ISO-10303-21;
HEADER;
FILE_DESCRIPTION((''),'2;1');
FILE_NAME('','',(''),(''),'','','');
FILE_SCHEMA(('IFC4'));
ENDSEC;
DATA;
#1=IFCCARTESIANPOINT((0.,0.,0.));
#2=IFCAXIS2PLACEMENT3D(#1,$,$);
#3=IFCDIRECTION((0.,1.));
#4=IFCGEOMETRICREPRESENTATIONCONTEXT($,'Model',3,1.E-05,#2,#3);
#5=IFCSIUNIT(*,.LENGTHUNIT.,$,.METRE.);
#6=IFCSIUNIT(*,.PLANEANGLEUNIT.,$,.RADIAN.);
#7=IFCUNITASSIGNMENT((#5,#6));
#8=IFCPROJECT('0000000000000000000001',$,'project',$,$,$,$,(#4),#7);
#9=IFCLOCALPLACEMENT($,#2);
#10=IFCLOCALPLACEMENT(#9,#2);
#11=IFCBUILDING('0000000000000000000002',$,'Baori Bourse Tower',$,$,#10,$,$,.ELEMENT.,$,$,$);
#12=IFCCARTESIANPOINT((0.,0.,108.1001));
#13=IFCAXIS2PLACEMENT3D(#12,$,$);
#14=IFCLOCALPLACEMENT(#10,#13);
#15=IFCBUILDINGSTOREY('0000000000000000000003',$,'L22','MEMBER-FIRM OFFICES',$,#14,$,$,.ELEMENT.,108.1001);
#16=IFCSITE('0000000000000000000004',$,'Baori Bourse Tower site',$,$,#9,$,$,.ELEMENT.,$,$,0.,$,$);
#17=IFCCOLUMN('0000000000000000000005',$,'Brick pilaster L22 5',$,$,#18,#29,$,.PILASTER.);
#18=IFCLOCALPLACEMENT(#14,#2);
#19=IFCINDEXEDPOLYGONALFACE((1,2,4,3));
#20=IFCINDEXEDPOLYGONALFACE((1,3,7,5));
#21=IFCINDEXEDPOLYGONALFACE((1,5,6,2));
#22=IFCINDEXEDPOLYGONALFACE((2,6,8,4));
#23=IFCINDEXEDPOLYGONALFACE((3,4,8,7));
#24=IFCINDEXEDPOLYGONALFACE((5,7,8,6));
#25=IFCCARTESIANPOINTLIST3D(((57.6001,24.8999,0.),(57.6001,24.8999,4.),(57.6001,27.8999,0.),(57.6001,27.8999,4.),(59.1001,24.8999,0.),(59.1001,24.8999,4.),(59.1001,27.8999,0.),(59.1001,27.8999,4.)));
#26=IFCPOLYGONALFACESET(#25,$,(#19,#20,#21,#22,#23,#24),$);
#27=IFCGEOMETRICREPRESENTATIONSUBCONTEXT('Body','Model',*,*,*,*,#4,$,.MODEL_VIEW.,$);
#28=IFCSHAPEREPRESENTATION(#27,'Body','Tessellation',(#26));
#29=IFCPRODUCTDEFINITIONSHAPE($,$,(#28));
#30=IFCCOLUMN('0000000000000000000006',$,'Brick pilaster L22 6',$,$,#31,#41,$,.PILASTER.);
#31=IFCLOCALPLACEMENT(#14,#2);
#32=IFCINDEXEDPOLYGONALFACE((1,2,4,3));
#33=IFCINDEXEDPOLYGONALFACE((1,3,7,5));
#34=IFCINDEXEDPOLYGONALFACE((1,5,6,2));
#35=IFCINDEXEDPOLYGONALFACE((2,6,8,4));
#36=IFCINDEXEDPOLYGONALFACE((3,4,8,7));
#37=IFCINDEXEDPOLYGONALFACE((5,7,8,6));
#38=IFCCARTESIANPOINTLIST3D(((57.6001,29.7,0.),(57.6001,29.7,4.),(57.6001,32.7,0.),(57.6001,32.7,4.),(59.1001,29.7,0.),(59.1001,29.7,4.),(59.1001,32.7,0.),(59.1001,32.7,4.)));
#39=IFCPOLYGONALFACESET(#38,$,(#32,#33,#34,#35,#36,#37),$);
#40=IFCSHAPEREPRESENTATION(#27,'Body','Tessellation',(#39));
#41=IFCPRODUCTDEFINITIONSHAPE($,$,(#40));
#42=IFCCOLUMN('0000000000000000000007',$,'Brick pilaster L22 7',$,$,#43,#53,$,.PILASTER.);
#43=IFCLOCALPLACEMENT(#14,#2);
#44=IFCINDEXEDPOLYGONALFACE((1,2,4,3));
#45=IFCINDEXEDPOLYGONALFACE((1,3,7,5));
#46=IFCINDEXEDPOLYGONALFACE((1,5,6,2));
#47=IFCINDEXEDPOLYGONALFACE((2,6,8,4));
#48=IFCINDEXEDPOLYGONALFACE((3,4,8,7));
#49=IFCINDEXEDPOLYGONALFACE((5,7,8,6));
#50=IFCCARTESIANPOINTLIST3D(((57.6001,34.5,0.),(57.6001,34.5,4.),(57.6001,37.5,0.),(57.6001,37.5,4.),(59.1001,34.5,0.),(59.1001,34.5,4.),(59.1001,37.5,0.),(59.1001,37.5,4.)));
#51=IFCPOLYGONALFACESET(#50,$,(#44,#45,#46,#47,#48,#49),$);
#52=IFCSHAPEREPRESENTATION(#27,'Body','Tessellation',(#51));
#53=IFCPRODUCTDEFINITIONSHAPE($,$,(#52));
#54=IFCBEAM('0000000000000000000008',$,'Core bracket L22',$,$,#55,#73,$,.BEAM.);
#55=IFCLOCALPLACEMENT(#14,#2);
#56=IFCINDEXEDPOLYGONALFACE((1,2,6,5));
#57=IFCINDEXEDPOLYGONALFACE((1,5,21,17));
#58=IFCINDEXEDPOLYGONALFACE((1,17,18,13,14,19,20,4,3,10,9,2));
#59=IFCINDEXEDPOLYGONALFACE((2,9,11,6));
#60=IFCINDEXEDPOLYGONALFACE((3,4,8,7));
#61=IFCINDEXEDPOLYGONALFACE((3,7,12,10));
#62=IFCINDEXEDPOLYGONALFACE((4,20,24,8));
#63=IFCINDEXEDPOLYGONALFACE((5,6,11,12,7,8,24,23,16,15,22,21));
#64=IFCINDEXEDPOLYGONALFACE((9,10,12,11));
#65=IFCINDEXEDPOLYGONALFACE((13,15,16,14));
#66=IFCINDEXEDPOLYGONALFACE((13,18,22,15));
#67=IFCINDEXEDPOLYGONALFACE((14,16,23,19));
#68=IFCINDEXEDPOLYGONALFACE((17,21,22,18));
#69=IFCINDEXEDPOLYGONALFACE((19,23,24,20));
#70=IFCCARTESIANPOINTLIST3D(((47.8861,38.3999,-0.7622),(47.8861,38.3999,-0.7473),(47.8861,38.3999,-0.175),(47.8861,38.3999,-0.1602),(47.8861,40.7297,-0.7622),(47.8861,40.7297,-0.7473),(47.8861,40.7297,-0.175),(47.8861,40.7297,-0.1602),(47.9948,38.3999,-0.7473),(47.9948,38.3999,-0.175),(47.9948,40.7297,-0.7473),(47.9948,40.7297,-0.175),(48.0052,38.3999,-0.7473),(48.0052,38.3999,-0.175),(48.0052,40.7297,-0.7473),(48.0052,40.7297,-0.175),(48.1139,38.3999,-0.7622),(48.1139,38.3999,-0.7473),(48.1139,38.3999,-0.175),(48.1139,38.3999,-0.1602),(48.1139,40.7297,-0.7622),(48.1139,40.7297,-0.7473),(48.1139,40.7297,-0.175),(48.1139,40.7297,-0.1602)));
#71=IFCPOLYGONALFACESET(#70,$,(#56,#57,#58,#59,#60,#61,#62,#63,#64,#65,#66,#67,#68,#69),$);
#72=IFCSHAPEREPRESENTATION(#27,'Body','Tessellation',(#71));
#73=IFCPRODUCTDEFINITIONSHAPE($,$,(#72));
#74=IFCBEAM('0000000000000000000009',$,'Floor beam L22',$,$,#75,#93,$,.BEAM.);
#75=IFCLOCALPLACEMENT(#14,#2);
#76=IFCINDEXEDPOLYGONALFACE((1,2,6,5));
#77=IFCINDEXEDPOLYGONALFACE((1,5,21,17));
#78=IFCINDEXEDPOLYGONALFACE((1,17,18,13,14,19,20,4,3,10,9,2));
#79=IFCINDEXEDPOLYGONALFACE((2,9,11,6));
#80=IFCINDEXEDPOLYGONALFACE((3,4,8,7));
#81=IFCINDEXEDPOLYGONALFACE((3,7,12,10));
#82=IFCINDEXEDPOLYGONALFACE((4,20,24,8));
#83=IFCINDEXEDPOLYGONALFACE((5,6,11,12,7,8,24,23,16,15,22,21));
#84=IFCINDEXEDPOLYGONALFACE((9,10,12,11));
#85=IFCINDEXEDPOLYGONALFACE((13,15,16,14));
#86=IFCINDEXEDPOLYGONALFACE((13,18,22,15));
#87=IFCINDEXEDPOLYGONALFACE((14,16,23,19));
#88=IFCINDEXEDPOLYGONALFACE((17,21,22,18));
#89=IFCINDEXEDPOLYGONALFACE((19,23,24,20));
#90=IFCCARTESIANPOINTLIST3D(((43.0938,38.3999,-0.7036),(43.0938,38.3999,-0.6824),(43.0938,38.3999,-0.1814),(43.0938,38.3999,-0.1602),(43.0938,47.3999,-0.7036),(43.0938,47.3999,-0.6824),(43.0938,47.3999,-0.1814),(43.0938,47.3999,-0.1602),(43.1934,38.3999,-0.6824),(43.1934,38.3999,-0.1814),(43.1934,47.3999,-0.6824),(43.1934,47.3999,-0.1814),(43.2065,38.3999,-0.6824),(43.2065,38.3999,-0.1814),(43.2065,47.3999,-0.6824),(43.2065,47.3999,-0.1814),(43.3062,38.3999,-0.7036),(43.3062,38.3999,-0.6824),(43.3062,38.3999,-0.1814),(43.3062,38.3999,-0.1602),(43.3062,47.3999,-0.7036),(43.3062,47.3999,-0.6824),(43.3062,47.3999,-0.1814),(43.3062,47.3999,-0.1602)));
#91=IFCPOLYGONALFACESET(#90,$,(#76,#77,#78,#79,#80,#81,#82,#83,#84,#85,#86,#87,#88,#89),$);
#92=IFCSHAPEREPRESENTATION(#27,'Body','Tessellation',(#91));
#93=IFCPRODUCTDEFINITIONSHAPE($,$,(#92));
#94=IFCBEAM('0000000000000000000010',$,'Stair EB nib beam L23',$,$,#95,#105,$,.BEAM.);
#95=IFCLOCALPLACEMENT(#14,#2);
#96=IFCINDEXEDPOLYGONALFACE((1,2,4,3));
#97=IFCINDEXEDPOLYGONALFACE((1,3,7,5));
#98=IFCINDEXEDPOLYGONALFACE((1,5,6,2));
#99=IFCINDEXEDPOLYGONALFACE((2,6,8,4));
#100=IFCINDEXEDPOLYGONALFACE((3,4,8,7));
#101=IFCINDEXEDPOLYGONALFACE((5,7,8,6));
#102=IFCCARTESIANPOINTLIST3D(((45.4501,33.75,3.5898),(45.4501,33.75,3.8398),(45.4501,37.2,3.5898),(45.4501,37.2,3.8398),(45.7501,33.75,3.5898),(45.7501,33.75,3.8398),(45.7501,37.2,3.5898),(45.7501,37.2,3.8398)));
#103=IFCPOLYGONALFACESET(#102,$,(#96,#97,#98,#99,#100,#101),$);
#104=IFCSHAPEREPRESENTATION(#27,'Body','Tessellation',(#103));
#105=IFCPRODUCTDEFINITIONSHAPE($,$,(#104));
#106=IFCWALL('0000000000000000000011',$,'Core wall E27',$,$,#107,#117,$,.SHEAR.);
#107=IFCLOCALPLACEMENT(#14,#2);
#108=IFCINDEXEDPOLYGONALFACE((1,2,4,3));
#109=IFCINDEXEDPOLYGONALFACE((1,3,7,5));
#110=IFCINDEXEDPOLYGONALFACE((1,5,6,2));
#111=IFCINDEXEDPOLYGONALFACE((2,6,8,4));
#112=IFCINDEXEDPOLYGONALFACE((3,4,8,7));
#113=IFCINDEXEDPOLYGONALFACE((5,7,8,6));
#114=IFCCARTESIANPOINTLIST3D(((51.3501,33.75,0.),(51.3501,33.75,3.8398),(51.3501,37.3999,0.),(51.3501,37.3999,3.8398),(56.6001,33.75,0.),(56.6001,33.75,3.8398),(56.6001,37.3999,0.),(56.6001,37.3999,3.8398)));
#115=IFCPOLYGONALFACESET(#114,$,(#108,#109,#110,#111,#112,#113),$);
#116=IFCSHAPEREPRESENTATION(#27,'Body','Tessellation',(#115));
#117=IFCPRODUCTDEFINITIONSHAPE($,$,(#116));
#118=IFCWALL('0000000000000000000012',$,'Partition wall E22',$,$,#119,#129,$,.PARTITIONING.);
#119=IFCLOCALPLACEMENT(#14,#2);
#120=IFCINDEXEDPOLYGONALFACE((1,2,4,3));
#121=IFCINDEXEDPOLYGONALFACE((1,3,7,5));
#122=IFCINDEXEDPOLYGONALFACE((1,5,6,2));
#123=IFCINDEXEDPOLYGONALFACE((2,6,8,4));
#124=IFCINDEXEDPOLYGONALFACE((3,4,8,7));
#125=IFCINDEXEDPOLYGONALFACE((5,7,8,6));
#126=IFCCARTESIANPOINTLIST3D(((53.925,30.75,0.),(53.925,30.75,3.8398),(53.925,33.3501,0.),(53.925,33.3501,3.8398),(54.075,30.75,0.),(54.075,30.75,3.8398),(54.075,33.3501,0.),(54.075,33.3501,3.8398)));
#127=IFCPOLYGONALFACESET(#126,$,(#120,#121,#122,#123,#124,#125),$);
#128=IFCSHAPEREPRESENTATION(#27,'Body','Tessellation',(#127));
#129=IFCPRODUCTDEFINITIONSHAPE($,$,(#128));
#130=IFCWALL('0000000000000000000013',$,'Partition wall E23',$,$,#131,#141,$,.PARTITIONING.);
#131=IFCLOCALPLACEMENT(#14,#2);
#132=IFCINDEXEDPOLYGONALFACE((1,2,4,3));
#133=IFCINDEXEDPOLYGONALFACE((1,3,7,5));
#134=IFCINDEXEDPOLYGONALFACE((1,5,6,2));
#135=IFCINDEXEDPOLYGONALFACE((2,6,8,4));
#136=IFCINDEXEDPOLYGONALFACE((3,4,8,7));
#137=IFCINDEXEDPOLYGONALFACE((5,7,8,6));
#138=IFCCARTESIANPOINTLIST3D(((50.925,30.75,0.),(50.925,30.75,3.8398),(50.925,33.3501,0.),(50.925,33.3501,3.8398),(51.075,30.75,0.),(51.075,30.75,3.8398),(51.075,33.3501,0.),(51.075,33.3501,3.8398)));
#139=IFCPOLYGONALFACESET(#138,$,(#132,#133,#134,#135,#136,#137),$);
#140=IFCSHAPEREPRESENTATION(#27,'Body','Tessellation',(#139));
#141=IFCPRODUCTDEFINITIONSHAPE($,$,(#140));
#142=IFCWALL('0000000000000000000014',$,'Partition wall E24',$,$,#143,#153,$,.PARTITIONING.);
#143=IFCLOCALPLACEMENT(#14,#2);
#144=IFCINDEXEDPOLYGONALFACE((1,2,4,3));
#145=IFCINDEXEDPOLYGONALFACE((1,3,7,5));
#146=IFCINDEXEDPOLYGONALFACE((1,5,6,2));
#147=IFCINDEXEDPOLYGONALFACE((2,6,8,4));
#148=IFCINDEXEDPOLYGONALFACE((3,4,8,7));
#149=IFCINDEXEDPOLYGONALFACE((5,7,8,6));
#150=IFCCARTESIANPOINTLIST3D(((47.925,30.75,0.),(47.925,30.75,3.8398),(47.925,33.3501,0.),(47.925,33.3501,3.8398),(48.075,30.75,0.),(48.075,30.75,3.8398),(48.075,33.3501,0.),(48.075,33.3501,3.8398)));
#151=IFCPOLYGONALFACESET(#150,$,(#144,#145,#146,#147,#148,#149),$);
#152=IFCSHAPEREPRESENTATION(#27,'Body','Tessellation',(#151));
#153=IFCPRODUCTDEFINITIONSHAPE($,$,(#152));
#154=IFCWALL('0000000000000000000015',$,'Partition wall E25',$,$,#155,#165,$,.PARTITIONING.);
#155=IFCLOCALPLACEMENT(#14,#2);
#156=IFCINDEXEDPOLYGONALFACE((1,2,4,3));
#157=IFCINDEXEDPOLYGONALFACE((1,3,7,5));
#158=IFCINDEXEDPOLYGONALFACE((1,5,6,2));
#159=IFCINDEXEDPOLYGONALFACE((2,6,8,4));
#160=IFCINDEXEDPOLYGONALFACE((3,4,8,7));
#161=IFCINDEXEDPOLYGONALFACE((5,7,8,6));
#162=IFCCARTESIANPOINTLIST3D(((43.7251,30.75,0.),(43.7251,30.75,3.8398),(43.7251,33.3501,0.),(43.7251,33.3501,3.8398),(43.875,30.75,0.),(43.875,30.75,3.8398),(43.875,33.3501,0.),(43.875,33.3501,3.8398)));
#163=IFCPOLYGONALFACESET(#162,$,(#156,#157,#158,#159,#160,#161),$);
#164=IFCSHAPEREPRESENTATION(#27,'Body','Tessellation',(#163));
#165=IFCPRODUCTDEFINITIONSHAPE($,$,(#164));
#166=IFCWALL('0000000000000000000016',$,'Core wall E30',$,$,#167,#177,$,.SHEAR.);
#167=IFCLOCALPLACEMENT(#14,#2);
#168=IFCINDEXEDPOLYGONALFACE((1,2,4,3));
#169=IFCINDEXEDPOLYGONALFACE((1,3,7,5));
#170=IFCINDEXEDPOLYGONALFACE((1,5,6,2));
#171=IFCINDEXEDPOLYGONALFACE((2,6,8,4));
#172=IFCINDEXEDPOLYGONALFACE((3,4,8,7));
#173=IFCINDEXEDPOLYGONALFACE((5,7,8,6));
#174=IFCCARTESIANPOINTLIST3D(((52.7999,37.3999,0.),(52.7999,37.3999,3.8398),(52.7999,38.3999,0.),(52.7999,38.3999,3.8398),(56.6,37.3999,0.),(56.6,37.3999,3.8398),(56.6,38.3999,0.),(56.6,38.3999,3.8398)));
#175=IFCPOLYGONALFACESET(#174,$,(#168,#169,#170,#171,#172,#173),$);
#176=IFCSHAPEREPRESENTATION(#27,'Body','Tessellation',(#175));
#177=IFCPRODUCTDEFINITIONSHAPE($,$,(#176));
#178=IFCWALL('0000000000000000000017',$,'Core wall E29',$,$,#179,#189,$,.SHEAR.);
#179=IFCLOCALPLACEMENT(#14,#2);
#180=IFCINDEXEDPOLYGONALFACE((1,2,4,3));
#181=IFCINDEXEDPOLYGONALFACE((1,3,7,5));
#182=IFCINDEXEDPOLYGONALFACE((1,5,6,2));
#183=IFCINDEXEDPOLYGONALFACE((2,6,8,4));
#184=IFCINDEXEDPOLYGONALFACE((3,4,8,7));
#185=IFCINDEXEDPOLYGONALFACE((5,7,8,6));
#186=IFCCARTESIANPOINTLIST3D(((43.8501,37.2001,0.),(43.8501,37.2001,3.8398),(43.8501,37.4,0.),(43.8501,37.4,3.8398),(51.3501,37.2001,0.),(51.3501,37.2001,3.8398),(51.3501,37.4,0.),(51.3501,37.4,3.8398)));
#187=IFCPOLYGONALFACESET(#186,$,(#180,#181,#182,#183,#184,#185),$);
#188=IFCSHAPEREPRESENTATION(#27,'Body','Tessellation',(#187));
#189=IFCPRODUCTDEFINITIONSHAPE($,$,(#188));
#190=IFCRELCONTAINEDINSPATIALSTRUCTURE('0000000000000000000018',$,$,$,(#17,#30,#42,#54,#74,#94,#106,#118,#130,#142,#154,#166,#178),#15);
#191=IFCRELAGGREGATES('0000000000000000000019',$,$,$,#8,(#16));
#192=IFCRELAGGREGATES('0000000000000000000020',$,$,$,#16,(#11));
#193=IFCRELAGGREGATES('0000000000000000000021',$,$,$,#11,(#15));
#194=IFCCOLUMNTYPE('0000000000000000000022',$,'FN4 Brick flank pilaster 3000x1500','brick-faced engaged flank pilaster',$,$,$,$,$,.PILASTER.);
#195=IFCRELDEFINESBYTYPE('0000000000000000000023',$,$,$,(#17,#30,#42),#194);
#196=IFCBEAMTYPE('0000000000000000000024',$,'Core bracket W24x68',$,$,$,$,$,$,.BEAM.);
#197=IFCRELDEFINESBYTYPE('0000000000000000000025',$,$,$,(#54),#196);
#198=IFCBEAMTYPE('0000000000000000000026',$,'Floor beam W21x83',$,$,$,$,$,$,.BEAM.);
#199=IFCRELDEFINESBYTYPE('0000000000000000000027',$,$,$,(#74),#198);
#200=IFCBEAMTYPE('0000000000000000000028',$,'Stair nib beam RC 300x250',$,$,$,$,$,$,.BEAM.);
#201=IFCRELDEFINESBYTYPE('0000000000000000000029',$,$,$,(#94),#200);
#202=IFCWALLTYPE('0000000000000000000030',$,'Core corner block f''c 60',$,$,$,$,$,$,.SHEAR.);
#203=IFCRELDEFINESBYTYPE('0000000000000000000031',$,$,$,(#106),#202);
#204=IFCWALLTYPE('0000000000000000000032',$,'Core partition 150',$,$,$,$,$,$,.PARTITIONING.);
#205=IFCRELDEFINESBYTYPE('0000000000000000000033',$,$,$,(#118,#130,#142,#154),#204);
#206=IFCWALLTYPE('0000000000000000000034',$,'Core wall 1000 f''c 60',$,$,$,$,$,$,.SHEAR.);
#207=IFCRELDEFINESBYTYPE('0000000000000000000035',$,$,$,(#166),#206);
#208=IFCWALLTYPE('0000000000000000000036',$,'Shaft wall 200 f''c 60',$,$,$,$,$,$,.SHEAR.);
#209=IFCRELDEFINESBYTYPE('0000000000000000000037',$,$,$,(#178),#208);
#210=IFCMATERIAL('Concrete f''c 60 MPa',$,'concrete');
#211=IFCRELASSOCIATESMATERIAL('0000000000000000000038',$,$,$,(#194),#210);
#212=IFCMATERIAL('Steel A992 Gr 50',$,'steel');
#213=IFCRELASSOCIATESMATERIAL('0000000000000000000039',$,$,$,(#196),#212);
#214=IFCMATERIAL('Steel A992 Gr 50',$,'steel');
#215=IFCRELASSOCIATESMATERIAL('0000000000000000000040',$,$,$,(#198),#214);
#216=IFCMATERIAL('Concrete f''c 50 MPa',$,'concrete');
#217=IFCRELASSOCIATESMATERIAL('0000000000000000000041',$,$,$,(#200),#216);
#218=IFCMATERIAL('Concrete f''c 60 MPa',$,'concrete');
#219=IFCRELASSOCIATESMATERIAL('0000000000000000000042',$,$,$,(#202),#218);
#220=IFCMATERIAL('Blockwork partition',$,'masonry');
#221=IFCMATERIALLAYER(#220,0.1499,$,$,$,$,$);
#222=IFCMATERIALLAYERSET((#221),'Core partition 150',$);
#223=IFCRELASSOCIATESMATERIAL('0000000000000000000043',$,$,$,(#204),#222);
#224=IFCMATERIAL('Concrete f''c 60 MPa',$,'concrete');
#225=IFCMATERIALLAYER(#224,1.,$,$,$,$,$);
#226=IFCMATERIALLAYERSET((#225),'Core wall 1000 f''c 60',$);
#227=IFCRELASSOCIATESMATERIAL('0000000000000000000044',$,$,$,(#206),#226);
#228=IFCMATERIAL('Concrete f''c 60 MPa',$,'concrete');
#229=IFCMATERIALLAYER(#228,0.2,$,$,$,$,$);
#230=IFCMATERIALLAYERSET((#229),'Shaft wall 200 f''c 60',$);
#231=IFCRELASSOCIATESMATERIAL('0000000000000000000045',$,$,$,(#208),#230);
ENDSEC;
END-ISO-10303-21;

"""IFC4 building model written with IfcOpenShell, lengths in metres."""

from ifc_helpers import new_model, si_unit, direction, frame, frame_2d, origin, origin_2d, place, context, subcontext, project, spatial, rectangle, i_section, extrude, material, layer, layer_set, material_profile, profile_set, type_object, element, save


model = new_model("IFC4")

# Units and contexts
model_context = context("Model", 3, precision=1e-05, world=origin(), true_north=direction((0.0, 1.0)))
body_context = subcontext(model_context, "Body", "Model", "MODEL_VIEW")
ifc_project = project(units=[si_unit("LENGTHUNIT", "METRE"), si_unit("PLANEANGLEUNIT", "RADIAN")], contexts=[model_context])

# Site, building, storey
site_placement = place(None, origin())
site = spatial("IfcSite", under=ifc_project, at=site_placement, Name="Baori Bourse Tower site", CompositionType="ELEMENT", RefElevation=0.0)
building_placement = place(site_placement, origin())
building = spatial("IfcBuilding", under=site, at=building_placement, Name="Baori Bourse Tower", CompositionType="ELEMENT")
storey_placement = place(building_placement, frame((0.0, 0.0, 108.1001)))
storey = spatial("IfcBuildingStorey", under=building, at=storey_placement, Name="L22", Description="MEMBER-FIRM OFFICES", CompositionType="ELEMENT", Elevation=108.1001)

# Columns
ifc_material_1 = material(Name="Concrete f'c 60 MPa", Category="concrete")
ifc_material_profile_1 = material_profile(ifc_material_1, rectangle(XDim=3.0, YDim=1.5, at=origin_2d()), Name="RC 3000x1500")
ifc_profile_set_1 = profile_set([ifc_material_profile_1], Name="Concrete f'c 60 MPa")
column_type = type_object("IfcColumnType", Name="FN4 Brick flank pilaster 3000x1500", Description="brick-faced engaged flank pilaster", PredefinedType="PILASTER", material=ifc_profile_set_1)
for number, where, z_axis, x_axis, name in (
    (1, (58.3501, 26.3999, 0.0), (0.0, 0.0, 1.0), (0.0, 1.0, 0.0), "Brick pilaster L22 5"),
    (2, (58.3501, 31.2, 0.0), (0.0, 0.0, 1.0), (0.0, 1.0, 0.0), "Brick pilaster L22 6"),
    (3, (58.3501, 36.0, 0.0), (0.0, 0.0, 1.0), (0.0, 1.0, 0.0), "Brick pilaster L22 7"),
):
    element("IfcColumn", number, at=place(storey_placement, frame(where, z_axis=z_axis, x_axis=x_axis)), inside=storey, type_object=column_type, Name=name, PredefinedType="PILASTER", context=body_context, shape_type="SweptSolid", body=[
        extrude(rectangle(XDim=3.0, YDim=1.5, at=origin_2d()), origin(), (0.0, 0.0, 1.0), 4.0),
    ])

# Beams
ifc_material_2 = material(Name="Steel A992 Gr 50", Category="steel")
ifc_material_profile_2 = material_profile(ifc_material_2, i_section(OverallWidth=0.2278, OverallDepth=0.6021, WebThickness=0.0105, FlangeThickness=0.0149, at=origin_2d()), Name="W24x68")
ifc_profile_set_2 = profile_set([ifc_material_profile_2], Name="Steel A992 Gr 50")
beam_type_1 = type_object("IfcBeamType", Name="Core bracket W24x68", PredefinedType="BEAM", material=ifc_profile_set_2)
beam_1_placement = place(storey_placement, frame((48.0, 38.3999, -0.4612), z_axis=(0.0, 1.0, 0.0), x_axis=(-1.0, 0.0, 0.0)))
element("IfcBeam", 4, at=beam_1_placement, inside=storey, type_object=beam_type_1, Name="Core bracket L22", PredefinedType="BEAM", context=body_context, shape_type="SweptSolid", body=[
    extrude(i_section(OverallWidth=0.2278, OverallDepth=0.6021, WebThickness=0.0105, FlangeThickness=0.0149, at=origin_2d()), origin(), (0.0, 0.0, 1.0), 2.3298),
])
ifc_material_3 = material(Name="Steel A992 Gr 50", Category="steel")
ifc_material_profile_3 = material_profile(ifc_material_3, i_section(OverallWidth=0.2124, OverallDepth=0.5435, WebThickness=0.0132, FlangeThickness=0.0212, at=origin_2d()), Name="W21x83")
ifc_profile_set_3 = profile_set([ifc_material_profile_3], Name="Steel A992 Gr 50")
beam_type_2 = type_object("IfcBeamType", Name="Floor beam W21x83", PredefinedType="BEAM", material=ifc_profile_set_3)
beam_2_placement = place(storey_placement, frame((43.2, 38.3999, -0.4319), z_axis=(0.0, 1.0, 0.0), x_axis=(-1.0, 0.0, 0.0)))
element("IfcBeam", 5, at=beam_2_placement, inside=storey, type_object=beam_type_2, Name="Floor beam L22", PredefinedType="BEAM", context=body_context, shape_type="SweptSolid", body=[
    extrude(i_section(OverallWidth=0.2124, OverallDepth=0.5435, WebThickness=0.0132, FlangeThickness=0.0212, at=origin_2d()), origin(), (0.0, 0.0, 1.0), 9.0),
])
ifc_material_4 = material(Name="Concrete f'c 50 MPa", Category="concrete")
ifc_material_profile_4 = material_profile(ifc_material_4, rectangle(XDim=0.3, YDim=0.25, at=origin_2d()), Name="RC 300x250")
ifc_profile_set_4 = profile_set([ifc_material_profile_4], Name="Concrete f'c 50 MPa")
beam_type_3 = type_object("IfcBeamType", Name="Stair nib beam RC 300x250", PredefinedType="BEAM", material=ifc_profile_set_4)
beam_3_placement = place(storey_placement, frame((45.6001, 33.75, 3.7148), z_axis=(0.0, 1.0, 0.0), x_axis=(-1.0, 0.0, 0.0)))
element("IfcBeam", 6, at=beam_3_placement, inside=storey, type_object=beam_type_3, Name="Stair EB nib beam L23", PredefinedType="BEAM", context=body_context, shape_type="SweptSolid", body=[
    extrude(rectangle(XDim=0.3, YDim=0.25, at=origin_2d()), origin(), (0.0, 0.0, 1.0), 3.45),
])

# Walls
ifc_material_5 = material(Name="Concrete f'c 60 MPa", Category="concrete")
wall_type_1 = type_object("IfcWallType", Name="Core corner block f'c 60", PredefinedType="SHEAR", material=ifc_material_5)
wall_1_placement = place(storey_placement, frame((51.3501, 35.575, 0.0), z_axis=(0.0, 0.0, 1.0), x_axis=(1.0, 0.0, 0.0)))
element("IfcWall", 7, at=wall_1_placement, inside=storey, type_object=wall_type_1, Name="Core wall E27", PredefinedType="SHEAR", context=body_context, shape_type="SweptSolid", body=[
    extrude(rectangle(XDim=5.25, YDim=3.6499, at=frame_2d((2.625, 0.0))), origin(), (0.0, 0.0, 1.0), 3.8398),
])
ifc_material_6 = material(Name="Blockwork partition", Category="masonry")
ifc_layer_1 = layer(ifc_material_6, 0.1499)
ifc_layer_set_1 = layer_set([ifc_layer_1], Name="Core partition 150")
wall_type_2 = type_object("IfcWallType", Name="Core partition 150", PredefinedType="PARTITIONING", material=ifc_layer_set_1)
for number, where, z_axis, x_axis, name in (
    (8, (54.0, 30.75, 0.0), (0.0, 0.0, 1.0), (0.0, 1.0, 0.0), "Partition wall E22"),
    (9, (51.0, 30.75, 0.0), (0.0, 0.0, 1.0), (0.0, 1.0, 0.0), "Partition wall E23"),
    (10, (48.0, 30.75, 0.0), (0.0, 0.0, 1.0), (0.0, 1.0, 0.0), "Partition wall E24"),
    (11, (43.8, 30.75, 0.0), (0.0, 0.0, 1.0), (0.0, 1.0, 0.0), "Partition wall E25"),
):
    element("IfcWall", number, at=place(storey_placement, frame(where, z_axis=z_axis, x_axis=x_axis)), inside=storey, type_object=wall_type_2, Name=name, PredefinedType="PARTITIONING", context=body_context, shape_type="SweptSolid", body=[
        extrude(rectangle(XDim=2.6001, YDim=0.1499, at=frame_2d((1.3, 0.0))), origin(), (0.0, 0.0, 1.0), 3.8398),
    ])
ifc_material_7 = material(Name="Concrete f'c 60 MPa", Category="concrete")
ifc_layer_2 = layer(ifc_material_7, 1.0)
ifc_layer_set_2 = layer_set([ifc_layer_2], Name="Core wall 1000 f'c 60")
wall_type_3 = type_object("IfcWallType", Name="Core wall 1000 f'c 60", PredefinedType="SHEAR", material=ifc_layer_set_2)
wall_2_placement = place(storey_placement, frame((52.8, 37.8999, 0.0), z_axis=(0.0, 0.0, 1.0), x_axis=(1.0, 0.0, 0.0)))
element("IfcWall", 12, at=wall_2_placement, inside=storey, type_object=wall_type_3, Name="Core wall E30", PredefinedType="SHEAR", context=body_context, shape_type="SweptSolid", body=[
    extrude(rectangle(XDim=3.8, YDim=1.0, at=frame_2d((1.8999, 0.0))), origin(), (0.0, 0.0, 1.0), 3.8398),
])
ifc_material_8 = material(Name="Concrete f'c 60 MPa", Category="concrete")
ifc_layer_3 = layer(ifc_material_8, 0.2)
ifc_layer_set_3 = layer_set([ifc_layer_3], Name="Shaft wall 200 f'c 60")
wall_type_4 = type_object("IfcWallType", Name="Shaft wall 200 f'c 60", PredefinedType="SHEAR", material=ifc_layer_set_3)
wall_3_placement = place(storey_placement, frame((43.8501, 37.3, 0.0), z_axis=(0.0, 0.0, 1.0), x_axis=(1.0, 0.0, 0.0)))
element("IfcWall", 13, at=wall_3_placement, inside=storey, type_object=wall_type_4, Name="Core wall E29", PredefinedType="SHEAR", context=body_context, shape_type="SweptSolid", body=[
    extrude(rectangle(XDim=7.5, YDim=0.2, at=frame_2d((3.75, 0.0))), origin(), (0.0, 0.0, 1.0), 3.8398),
])

save(model, "model.ifc")
